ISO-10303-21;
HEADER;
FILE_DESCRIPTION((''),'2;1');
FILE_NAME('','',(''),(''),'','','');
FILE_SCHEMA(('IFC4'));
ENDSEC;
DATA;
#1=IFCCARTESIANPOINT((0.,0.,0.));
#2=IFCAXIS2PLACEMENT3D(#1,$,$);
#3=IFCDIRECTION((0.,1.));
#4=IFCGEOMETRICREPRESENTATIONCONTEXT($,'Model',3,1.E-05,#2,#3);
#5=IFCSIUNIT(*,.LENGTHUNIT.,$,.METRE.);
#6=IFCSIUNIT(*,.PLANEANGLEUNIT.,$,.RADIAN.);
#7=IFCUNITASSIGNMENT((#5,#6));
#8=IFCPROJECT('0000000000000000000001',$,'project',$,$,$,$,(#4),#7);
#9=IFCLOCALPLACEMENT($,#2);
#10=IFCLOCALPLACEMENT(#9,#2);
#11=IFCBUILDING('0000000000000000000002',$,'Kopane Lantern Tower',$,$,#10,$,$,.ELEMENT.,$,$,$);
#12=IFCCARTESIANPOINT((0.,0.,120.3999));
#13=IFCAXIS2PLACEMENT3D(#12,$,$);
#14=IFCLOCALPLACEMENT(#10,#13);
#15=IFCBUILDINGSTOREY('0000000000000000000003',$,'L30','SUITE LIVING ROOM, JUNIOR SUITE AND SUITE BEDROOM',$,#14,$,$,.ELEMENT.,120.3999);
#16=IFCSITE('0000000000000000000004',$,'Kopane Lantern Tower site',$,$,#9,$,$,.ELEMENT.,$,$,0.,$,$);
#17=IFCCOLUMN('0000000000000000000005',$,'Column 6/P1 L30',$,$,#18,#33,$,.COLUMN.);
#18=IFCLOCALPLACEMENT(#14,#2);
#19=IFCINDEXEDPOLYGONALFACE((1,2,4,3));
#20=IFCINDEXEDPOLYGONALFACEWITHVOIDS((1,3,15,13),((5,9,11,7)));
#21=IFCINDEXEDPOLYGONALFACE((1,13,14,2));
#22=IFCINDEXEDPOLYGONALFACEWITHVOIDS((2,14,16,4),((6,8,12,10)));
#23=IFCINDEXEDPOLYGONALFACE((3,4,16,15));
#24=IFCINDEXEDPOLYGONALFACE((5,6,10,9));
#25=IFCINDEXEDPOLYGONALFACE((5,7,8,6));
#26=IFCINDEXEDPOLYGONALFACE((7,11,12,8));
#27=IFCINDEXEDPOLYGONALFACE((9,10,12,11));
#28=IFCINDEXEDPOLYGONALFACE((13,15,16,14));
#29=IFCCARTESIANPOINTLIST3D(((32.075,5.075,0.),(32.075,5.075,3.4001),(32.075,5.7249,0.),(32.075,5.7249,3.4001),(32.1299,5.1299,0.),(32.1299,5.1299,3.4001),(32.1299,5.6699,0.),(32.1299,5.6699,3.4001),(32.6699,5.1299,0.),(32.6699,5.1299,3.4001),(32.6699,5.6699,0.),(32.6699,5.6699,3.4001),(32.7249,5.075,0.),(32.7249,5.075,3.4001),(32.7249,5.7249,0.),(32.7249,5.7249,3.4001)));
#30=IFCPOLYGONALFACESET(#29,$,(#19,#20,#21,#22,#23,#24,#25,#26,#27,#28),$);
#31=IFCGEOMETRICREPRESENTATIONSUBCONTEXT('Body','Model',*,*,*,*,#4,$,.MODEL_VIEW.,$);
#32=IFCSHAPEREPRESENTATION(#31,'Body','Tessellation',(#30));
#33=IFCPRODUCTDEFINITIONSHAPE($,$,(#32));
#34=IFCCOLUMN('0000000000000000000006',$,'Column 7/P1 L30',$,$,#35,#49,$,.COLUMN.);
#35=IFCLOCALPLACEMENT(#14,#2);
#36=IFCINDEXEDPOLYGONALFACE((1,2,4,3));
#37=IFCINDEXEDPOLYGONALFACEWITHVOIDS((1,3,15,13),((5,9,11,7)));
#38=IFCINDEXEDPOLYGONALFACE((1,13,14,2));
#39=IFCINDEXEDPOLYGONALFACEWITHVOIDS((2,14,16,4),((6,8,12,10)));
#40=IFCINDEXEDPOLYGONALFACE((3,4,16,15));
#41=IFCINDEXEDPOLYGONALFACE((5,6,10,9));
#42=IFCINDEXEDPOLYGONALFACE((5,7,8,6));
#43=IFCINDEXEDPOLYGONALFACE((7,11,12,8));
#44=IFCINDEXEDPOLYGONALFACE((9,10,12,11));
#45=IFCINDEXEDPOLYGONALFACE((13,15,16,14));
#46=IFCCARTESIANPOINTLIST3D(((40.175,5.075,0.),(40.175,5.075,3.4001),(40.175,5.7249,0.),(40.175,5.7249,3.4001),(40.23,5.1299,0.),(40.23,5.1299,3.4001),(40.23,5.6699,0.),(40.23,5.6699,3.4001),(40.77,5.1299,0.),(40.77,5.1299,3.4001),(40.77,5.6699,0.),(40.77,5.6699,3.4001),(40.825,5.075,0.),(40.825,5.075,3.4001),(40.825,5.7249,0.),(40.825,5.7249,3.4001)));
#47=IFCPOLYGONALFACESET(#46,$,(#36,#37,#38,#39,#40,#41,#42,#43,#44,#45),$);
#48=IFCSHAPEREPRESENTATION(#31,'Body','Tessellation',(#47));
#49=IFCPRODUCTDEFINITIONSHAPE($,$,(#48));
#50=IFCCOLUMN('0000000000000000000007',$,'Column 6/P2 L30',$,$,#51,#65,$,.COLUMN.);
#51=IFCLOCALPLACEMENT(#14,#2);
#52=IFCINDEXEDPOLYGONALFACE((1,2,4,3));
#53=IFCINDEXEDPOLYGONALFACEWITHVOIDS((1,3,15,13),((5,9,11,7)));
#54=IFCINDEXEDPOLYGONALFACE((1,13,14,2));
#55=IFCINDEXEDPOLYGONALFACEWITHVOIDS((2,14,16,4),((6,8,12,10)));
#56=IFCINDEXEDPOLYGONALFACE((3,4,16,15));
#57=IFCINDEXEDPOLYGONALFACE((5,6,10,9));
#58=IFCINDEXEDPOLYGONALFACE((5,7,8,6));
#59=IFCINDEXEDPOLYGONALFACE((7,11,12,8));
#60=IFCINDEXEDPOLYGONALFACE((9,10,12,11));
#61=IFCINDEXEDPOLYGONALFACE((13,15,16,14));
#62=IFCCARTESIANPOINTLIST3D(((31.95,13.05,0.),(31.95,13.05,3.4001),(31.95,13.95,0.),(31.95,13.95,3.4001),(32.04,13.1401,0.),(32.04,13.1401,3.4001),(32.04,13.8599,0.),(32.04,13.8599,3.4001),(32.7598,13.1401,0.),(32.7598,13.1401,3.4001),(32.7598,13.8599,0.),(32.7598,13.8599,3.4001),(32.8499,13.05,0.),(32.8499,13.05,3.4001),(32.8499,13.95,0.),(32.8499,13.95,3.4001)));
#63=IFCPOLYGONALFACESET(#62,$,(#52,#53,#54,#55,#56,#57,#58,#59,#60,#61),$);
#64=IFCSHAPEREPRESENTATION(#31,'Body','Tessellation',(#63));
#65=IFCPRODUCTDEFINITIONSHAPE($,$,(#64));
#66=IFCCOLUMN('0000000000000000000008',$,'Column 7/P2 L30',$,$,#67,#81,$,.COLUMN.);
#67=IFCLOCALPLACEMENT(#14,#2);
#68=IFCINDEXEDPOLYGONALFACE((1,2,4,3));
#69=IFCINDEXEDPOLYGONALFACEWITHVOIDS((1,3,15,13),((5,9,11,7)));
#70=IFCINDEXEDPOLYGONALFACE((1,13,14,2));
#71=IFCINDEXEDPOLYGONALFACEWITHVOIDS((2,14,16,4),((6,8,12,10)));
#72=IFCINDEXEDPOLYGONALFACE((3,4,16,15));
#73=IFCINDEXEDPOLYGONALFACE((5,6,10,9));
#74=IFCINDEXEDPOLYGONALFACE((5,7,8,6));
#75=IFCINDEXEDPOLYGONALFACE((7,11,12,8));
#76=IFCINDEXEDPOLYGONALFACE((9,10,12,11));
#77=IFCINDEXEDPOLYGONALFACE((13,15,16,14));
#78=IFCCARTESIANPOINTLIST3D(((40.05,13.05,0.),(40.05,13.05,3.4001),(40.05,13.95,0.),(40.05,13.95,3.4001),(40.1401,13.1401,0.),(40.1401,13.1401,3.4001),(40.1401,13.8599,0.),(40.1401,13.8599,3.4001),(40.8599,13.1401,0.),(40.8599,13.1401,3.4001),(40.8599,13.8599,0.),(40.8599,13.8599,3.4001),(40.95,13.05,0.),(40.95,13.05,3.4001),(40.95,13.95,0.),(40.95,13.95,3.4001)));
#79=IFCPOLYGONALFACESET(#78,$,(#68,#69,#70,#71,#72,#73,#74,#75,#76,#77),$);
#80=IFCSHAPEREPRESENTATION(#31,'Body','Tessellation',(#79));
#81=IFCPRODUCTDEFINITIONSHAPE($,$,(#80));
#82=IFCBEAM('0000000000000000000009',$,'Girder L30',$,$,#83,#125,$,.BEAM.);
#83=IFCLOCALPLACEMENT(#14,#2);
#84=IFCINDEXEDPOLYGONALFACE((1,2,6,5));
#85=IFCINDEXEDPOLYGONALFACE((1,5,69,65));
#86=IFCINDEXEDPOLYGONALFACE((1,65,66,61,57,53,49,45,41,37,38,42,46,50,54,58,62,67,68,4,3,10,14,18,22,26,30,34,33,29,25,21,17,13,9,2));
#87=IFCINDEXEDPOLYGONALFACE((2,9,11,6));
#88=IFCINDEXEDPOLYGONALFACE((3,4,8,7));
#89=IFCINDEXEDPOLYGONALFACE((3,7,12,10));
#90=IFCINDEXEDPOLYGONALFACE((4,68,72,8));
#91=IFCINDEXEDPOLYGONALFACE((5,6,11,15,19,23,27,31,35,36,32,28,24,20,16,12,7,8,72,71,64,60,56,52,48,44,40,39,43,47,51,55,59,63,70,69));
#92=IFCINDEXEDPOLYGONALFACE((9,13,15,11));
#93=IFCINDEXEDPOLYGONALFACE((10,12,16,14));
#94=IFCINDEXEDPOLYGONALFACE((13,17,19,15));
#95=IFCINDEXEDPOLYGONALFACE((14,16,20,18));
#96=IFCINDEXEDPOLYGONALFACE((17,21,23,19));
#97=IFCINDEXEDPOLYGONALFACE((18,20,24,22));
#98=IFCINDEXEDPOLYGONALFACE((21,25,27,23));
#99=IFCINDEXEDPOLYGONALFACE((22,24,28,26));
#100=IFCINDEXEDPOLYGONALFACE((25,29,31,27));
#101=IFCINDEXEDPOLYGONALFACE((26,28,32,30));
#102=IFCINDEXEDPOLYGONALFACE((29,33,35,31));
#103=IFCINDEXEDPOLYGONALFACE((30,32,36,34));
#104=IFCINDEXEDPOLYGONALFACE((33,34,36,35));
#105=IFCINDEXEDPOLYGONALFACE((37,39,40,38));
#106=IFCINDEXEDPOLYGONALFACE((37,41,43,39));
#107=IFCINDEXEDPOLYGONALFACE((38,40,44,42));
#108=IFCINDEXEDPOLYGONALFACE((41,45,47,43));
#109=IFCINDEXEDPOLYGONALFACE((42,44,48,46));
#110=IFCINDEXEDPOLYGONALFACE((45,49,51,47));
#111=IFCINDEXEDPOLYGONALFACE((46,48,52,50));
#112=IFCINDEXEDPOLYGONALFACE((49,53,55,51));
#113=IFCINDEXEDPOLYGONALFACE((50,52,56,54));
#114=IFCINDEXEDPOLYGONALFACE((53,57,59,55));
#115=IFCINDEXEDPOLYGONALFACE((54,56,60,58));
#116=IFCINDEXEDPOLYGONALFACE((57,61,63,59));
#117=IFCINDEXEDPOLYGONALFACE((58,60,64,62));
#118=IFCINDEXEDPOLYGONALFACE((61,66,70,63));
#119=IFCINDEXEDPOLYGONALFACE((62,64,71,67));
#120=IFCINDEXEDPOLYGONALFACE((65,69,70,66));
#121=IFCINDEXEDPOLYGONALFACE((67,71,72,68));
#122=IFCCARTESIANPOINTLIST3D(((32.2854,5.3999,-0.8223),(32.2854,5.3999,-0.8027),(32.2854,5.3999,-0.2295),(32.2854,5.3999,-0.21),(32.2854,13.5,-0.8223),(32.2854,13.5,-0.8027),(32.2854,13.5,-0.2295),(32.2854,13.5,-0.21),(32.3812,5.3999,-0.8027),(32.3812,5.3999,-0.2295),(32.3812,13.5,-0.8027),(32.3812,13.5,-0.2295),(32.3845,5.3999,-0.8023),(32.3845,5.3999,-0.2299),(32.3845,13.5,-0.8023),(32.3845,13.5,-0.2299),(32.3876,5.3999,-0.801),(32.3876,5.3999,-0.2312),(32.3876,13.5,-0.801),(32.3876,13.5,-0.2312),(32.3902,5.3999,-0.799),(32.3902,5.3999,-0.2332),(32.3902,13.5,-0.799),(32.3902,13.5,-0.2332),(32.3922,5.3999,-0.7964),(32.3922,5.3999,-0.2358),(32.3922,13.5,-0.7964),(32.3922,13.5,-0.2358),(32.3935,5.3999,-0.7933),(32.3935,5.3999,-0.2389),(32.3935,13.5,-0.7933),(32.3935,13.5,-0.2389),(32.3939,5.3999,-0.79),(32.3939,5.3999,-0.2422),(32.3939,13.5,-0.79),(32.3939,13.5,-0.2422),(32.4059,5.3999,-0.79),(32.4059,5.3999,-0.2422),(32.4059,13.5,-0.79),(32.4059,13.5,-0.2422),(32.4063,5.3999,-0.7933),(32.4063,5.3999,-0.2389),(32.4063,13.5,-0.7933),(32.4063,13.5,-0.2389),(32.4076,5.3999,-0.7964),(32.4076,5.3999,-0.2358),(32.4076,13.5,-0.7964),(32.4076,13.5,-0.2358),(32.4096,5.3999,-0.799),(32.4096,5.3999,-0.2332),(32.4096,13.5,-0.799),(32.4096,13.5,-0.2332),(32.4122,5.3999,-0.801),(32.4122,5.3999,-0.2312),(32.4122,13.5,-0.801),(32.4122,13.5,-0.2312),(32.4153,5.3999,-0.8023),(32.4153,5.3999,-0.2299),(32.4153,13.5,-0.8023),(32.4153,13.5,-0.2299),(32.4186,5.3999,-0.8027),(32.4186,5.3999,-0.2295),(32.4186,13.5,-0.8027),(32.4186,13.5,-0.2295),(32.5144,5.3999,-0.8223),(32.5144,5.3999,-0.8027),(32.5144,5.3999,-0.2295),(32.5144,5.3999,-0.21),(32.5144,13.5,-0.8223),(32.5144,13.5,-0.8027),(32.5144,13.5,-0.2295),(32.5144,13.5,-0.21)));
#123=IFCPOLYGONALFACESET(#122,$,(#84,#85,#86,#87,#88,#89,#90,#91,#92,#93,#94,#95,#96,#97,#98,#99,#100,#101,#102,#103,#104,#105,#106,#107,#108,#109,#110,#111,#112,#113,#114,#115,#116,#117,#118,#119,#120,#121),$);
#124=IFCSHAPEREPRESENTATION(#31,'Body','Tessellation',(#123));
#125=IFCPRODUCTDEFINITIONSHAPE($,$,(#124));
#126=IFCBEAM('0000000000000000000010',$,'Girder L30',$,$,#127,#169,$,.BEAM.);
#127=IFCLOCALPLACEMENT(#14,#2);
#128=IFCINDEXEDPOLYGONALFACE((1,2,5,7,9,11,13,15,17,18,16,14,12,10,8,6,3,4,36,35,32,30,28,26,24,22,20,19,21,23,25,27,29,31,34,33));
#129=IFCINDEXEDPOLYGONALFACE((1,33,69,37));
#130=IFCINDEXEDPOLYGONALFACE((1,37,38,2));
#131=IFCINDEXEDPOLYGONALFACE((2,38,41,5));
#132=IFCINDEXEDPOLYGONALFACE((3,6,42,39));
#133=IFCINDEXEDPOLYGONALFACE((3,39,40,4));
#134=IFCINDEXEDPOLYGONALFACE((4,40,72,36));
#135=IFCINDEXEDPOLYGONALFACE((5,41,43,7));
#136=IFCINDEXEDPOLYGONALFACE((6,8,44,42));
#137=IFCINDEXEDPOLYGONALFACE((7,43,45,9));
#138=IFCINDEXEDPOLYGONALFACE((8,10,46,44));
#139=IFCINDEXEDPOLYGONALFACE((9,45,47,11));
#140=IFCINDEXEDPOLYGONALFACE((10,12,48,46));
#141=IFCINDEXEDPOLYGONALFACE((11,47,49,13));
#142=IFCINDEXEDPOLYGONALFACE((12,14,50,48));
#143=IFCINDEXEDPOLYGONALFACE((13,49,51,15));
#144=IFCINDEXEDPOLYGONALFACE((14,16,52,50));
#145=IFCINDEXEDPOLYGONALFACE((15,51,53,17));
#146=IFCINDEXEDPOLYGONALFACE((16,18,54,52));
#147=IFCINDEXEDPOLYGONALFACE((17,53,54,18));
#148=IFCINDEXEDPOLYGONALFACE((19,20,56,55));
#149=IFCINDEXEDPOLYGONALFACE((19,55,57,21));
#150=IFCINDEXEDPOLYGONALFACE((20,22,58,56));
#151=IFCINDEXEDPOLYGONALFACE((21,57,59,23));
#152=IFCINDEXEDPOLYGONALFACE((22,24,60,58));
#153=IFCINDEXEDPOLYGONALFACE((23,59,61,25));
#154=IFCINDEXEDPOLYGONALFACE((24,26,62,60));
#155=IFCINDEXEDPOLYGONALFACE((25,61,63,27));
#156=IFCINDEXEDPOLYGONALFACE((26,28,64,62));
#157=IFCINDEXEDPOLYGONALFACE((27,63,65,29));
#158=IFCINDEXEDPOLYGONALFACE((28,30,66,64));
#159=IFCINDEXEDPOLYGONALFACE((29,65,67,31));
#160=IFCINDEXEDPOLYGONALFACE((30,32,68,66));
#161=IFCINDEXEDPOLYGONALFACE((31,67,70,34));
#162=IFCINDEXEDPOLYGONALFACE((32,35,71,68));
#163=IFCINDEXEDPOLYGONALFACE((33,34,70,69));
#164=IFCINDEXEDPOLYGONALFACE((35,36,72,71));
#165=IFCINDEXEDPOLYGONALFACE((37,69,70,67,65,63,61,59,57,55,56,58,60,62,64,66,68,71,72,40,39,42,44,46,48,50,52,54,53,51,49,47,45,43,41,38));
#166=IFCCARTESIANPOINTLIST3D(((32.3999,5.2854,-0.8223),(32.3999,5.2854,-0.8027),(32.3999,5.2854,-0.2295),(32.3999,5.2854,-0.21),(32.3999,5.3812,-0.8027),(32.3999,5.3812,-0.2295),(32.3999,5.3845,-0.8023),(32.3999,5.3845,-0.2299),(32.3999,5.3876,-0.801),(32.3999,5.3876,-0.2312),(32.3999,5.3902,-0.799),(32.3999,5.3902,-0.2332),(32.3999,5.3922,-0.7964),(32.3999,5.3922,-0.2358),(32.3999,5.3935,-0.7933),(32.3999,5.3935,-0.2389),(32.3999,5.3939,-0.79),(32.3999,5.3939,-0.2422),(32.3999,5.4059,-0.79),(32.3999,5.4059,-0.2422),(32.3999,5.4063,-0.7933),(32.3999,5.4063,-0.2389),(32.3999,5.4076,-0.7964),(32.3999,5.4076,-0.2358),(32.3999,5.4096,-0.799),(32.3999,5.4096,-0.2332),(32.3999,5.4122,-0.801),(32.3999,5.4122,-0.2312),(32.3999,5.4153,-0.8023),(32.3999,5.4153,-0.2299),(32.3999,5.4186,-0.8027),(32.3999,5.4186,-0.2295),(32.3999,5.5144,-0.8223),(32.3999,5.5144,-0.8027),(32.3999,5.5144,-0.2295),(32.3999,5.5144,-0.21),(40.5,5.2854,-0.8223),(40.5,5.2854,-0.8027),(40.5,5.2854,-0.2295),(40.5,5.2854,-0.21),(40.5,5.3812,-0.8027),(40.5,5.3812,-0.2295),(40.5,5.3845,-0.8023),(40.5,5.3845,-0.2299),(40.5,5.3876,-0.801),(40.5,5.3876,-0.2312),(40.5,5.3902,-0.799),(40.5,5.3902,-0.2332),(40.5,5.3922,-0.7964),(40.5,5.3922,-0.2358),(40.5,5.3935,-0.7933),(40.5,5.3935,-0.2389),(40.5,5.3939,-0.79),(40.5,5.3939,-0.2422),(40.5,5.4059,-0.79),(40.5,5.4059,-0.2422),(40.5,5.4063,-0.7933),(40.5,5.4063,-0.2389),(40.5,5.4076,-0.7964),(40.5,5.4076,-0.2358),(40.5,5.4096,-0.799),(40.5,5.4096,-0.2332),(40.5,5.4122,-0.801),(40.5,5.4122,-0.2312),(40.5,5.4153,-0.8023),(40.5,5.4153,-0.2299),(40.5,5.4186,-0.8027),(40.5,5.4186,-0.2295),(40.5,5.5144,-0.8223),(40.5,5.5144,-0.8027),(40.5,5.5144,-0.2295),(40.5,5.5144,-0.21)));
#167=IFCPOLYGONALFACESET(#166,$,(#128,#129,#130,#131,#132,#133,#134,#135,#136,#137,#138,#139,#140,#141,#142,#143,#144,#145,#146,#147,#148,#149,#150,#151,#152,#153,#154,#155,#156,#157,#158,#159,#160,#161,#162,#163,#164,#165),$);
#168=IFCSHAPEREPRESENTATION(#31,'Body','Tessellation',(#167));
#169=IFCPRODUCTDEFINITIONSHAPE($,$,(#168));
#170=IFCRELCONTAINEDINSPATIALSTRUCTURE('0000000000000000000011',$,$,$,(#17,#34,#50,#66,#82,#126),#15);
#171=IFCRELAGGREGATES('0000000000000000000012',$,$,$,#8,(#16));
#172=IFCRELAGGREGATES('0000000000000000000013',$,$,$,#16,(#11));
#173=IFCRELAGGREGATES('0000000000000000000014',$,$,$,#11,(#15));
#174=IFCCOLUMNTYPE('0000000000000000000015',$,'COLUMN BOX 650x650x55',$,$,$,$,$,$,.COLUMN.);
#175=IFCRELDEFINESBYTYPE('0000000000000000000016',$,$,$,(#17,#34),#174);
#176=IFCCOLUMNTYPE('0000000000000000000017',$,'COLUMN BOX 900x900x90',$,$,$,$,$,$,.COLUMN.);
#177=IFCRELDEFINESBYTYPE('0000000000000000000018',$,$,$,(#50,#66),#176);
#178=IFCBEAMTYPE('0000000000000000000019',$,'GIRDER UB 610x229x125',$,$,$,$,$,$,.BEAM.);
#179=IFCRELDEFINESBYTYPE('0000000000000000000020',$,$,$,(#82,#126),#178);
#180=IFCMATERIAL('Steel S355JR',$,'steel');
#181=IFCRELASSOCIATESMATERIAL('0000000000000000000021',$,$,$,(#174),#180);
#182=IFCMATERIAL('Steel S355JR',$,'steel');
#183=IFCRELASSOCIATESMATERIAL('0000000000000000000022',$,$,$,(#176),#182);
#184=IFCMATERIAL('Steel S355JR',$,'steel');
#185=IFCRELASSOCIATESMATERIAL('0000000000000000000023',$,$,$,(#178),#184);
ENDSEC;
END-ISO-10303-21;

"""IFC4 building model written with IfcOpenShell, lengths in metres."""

from ifc_helpers import new_model, si_unit, direction, frame, origin, origin_2d, place, context, subcontext, project, spatial, hollow_rectangle, i_section, extrude, material, material_profile, profile_set, type_object, element, save


model = new_model("IFC4")

# Units and contexts
model_context = context("Model", 3, precision=1e-05, world=origin(), true_north=direction((0.0, 1.0)))
body_context = subcontext(model_context, "Body", "Model", "MODEL_VIEW")
ifc_project = project(units=[si_unit("LENGTHUNIT", "METRE"), si_unit("PLANEANGLEUNIT", "RADIAN")], contexts=[model_context])

# Site, building, storey
site_placement = place(None, origin())
site = spatial("IfcSite", under=ifc_project, at=site_placement, Name="Kopane Lantern Tower site", CompositionType="ELEMENT", RefElevation=0.0)
building_placement = place(site_placement, origin())
building = spatial("IfcBuilding", under=site, at=building_placement, Name="Kopane Lantern Tower", CompositionType="ELEMENT")
storey_placement = place(building_placement, frame((0.0, 0.0, 120.3999)))
storey = spatial("IfcBuildingStorey", under=building, at=storey_placement, Name="L30", Description="SUITE LIVING ROOM, JUNIOR SUITE AND SUITE BEDROOM", CompositionType="ELEMENT", Elevation=120.3999)

# Columns
ifc_material_1 = material(Name="Steel S355JR", Category="steel")
ifc_material_profile_1 = material_profile(ifc_material_1, hollow_rectangle(XDim=0.6499, YDim=0.6499, WallThickness=0.0549, at=origin_2d()), Name="BOX 650x650x55")
ifc_profile_set_1 = profile_set([ifc_material_profile_1], Name="Steel S355JR")
column_type_1 = type_object("IfcColumnType", Name="COLUMN BOX 650x650x55", PredefinedType="COLUMN", material=ifc_profile_set_1)
for number, where, z_axis, x_axis, name in (
    (1, (32.3999, 5.3999, 0.0), (0.0, 0.0, 1.0), (1.0, 0.0, 0.0), "Column 6/P1 L30"),
    (2, (40.5, 5.3999, 0.0), (0.0, 0.0, 1.0), (1.0, 0.0, 0.0), "Column 7/P1 L30"),
):
    element("IfcColumn", number, at=place(storey_placement, frame(where, z_axis=z_axis, x_axis=x_axis)), inside=storey, type_object=column_type_1, Name=name, PredefinedType="COLUMN", context=body_context, shape_type="SweptSolid", body=[
        extrude(hollow_rectangle(XDim=0.6499, YDim=0.6499, WallThickness=0.0549, at=origin_2d()), origin(), (0.0, 0.0, 1.0), 3.4001),
    ])
ifc_material_2 = material(Name="Steel S355JR", Category="steel")
ifc_material_profile_2 = material_profile(ifc_material_2, hollow_rectangle(XDim=0.8999, YDim=0.8999, WallThickness=0.0901, at=origin_2d()), Name="BOX 900x900x90")
ifc_profile_set_2 = profile_set([ifc_material_profile_2], Name="Steel S355JR")
column_type_2 = type_object("IfcColumnType", Name="COLUMN BOX 900x900x90", PredefinedType="COLUMN", material=ifc_profile_set_2)
for number, where, z_axis, x_axis, name in (
    (3, (32.3999, 13.5, 0.0), (0.0, 0.0, 1.0), (1.0, 0.0, 0.0), "Column 6/P2 L30"),
    (4, (40.5, 13.5, 0.0), (0.0, 0.0, 1.0), (1.0, 0.0, 0.0), "Column 7/P2 L30"),
):
    element("IfcColumn", number, at=place(storey_placement, frame(where, z_axis=z_axis, x_axis=x_axis)), inside=storey, type_object=column_type_2, Name=name, PredefinedType="COLUMN", context=body_context, shape_type="SweptSolid", body=[
        extrude(hollow_rectangle(XDim=0.8999, YDim=0.8999, WallThickness=0.0901, at=origin_2d()), origin(), (0.0, 0.0, 1.0), 3.4001),
    ])

# Beams
ifc_material_3 = material(Name="Steel S355JR", Category="steel")
ifc_material_profile_3 = material_profile(ifc_material_3, i_section(OverallWidth=0.229, OverallDepth=0.6123, WebThickness=0.012, FlangeThickness=0.0195, FilletRadius=0.0127, at=origin_2d()), Name="UB 610x229x125")
ifc_profile_set_3 = profile_set([ifc_material_profile_3], Name="Steel S355JR")
beam_type = type_object("IfcBeamType", Name="GIRDER UB 610x229x125", PredefinedType="BEAM", material=ifc_profile_set_3)
for number, where, z_axis, x_axis, name in (
    (5, (32.3999, 5.3999, -0.5161), (0.0, 1.0, 0.0), (-1.0, 0.0, 0.0), "Girder L30"),
    (6, (32.3999, 5.3999, -0.5161), (1.0, 0.0, 0.0), (0.0, 1.0, 0.0), "Girder L30"),
):
    element("IfcBeam", number, at=place(storey_placement, frame(where, z_axis=z_axis, x_axis=x_axis)), inside=storey, type_object=beam_type, Name=name, PredefinedType="BEAM", context=body_context, shape_type="SweptSolid", body=[
        extrude(i_section(OverallWidth=0.229, OverallDepth=0.6123, WebThickness=0.012, FlangeThickness=0.0195, FilletRadius=0.0127, at=origin_2d()), origin(), (0.0, 0.0, 1.0), 8.1001),
    ])

save(model, "model.ifc")
